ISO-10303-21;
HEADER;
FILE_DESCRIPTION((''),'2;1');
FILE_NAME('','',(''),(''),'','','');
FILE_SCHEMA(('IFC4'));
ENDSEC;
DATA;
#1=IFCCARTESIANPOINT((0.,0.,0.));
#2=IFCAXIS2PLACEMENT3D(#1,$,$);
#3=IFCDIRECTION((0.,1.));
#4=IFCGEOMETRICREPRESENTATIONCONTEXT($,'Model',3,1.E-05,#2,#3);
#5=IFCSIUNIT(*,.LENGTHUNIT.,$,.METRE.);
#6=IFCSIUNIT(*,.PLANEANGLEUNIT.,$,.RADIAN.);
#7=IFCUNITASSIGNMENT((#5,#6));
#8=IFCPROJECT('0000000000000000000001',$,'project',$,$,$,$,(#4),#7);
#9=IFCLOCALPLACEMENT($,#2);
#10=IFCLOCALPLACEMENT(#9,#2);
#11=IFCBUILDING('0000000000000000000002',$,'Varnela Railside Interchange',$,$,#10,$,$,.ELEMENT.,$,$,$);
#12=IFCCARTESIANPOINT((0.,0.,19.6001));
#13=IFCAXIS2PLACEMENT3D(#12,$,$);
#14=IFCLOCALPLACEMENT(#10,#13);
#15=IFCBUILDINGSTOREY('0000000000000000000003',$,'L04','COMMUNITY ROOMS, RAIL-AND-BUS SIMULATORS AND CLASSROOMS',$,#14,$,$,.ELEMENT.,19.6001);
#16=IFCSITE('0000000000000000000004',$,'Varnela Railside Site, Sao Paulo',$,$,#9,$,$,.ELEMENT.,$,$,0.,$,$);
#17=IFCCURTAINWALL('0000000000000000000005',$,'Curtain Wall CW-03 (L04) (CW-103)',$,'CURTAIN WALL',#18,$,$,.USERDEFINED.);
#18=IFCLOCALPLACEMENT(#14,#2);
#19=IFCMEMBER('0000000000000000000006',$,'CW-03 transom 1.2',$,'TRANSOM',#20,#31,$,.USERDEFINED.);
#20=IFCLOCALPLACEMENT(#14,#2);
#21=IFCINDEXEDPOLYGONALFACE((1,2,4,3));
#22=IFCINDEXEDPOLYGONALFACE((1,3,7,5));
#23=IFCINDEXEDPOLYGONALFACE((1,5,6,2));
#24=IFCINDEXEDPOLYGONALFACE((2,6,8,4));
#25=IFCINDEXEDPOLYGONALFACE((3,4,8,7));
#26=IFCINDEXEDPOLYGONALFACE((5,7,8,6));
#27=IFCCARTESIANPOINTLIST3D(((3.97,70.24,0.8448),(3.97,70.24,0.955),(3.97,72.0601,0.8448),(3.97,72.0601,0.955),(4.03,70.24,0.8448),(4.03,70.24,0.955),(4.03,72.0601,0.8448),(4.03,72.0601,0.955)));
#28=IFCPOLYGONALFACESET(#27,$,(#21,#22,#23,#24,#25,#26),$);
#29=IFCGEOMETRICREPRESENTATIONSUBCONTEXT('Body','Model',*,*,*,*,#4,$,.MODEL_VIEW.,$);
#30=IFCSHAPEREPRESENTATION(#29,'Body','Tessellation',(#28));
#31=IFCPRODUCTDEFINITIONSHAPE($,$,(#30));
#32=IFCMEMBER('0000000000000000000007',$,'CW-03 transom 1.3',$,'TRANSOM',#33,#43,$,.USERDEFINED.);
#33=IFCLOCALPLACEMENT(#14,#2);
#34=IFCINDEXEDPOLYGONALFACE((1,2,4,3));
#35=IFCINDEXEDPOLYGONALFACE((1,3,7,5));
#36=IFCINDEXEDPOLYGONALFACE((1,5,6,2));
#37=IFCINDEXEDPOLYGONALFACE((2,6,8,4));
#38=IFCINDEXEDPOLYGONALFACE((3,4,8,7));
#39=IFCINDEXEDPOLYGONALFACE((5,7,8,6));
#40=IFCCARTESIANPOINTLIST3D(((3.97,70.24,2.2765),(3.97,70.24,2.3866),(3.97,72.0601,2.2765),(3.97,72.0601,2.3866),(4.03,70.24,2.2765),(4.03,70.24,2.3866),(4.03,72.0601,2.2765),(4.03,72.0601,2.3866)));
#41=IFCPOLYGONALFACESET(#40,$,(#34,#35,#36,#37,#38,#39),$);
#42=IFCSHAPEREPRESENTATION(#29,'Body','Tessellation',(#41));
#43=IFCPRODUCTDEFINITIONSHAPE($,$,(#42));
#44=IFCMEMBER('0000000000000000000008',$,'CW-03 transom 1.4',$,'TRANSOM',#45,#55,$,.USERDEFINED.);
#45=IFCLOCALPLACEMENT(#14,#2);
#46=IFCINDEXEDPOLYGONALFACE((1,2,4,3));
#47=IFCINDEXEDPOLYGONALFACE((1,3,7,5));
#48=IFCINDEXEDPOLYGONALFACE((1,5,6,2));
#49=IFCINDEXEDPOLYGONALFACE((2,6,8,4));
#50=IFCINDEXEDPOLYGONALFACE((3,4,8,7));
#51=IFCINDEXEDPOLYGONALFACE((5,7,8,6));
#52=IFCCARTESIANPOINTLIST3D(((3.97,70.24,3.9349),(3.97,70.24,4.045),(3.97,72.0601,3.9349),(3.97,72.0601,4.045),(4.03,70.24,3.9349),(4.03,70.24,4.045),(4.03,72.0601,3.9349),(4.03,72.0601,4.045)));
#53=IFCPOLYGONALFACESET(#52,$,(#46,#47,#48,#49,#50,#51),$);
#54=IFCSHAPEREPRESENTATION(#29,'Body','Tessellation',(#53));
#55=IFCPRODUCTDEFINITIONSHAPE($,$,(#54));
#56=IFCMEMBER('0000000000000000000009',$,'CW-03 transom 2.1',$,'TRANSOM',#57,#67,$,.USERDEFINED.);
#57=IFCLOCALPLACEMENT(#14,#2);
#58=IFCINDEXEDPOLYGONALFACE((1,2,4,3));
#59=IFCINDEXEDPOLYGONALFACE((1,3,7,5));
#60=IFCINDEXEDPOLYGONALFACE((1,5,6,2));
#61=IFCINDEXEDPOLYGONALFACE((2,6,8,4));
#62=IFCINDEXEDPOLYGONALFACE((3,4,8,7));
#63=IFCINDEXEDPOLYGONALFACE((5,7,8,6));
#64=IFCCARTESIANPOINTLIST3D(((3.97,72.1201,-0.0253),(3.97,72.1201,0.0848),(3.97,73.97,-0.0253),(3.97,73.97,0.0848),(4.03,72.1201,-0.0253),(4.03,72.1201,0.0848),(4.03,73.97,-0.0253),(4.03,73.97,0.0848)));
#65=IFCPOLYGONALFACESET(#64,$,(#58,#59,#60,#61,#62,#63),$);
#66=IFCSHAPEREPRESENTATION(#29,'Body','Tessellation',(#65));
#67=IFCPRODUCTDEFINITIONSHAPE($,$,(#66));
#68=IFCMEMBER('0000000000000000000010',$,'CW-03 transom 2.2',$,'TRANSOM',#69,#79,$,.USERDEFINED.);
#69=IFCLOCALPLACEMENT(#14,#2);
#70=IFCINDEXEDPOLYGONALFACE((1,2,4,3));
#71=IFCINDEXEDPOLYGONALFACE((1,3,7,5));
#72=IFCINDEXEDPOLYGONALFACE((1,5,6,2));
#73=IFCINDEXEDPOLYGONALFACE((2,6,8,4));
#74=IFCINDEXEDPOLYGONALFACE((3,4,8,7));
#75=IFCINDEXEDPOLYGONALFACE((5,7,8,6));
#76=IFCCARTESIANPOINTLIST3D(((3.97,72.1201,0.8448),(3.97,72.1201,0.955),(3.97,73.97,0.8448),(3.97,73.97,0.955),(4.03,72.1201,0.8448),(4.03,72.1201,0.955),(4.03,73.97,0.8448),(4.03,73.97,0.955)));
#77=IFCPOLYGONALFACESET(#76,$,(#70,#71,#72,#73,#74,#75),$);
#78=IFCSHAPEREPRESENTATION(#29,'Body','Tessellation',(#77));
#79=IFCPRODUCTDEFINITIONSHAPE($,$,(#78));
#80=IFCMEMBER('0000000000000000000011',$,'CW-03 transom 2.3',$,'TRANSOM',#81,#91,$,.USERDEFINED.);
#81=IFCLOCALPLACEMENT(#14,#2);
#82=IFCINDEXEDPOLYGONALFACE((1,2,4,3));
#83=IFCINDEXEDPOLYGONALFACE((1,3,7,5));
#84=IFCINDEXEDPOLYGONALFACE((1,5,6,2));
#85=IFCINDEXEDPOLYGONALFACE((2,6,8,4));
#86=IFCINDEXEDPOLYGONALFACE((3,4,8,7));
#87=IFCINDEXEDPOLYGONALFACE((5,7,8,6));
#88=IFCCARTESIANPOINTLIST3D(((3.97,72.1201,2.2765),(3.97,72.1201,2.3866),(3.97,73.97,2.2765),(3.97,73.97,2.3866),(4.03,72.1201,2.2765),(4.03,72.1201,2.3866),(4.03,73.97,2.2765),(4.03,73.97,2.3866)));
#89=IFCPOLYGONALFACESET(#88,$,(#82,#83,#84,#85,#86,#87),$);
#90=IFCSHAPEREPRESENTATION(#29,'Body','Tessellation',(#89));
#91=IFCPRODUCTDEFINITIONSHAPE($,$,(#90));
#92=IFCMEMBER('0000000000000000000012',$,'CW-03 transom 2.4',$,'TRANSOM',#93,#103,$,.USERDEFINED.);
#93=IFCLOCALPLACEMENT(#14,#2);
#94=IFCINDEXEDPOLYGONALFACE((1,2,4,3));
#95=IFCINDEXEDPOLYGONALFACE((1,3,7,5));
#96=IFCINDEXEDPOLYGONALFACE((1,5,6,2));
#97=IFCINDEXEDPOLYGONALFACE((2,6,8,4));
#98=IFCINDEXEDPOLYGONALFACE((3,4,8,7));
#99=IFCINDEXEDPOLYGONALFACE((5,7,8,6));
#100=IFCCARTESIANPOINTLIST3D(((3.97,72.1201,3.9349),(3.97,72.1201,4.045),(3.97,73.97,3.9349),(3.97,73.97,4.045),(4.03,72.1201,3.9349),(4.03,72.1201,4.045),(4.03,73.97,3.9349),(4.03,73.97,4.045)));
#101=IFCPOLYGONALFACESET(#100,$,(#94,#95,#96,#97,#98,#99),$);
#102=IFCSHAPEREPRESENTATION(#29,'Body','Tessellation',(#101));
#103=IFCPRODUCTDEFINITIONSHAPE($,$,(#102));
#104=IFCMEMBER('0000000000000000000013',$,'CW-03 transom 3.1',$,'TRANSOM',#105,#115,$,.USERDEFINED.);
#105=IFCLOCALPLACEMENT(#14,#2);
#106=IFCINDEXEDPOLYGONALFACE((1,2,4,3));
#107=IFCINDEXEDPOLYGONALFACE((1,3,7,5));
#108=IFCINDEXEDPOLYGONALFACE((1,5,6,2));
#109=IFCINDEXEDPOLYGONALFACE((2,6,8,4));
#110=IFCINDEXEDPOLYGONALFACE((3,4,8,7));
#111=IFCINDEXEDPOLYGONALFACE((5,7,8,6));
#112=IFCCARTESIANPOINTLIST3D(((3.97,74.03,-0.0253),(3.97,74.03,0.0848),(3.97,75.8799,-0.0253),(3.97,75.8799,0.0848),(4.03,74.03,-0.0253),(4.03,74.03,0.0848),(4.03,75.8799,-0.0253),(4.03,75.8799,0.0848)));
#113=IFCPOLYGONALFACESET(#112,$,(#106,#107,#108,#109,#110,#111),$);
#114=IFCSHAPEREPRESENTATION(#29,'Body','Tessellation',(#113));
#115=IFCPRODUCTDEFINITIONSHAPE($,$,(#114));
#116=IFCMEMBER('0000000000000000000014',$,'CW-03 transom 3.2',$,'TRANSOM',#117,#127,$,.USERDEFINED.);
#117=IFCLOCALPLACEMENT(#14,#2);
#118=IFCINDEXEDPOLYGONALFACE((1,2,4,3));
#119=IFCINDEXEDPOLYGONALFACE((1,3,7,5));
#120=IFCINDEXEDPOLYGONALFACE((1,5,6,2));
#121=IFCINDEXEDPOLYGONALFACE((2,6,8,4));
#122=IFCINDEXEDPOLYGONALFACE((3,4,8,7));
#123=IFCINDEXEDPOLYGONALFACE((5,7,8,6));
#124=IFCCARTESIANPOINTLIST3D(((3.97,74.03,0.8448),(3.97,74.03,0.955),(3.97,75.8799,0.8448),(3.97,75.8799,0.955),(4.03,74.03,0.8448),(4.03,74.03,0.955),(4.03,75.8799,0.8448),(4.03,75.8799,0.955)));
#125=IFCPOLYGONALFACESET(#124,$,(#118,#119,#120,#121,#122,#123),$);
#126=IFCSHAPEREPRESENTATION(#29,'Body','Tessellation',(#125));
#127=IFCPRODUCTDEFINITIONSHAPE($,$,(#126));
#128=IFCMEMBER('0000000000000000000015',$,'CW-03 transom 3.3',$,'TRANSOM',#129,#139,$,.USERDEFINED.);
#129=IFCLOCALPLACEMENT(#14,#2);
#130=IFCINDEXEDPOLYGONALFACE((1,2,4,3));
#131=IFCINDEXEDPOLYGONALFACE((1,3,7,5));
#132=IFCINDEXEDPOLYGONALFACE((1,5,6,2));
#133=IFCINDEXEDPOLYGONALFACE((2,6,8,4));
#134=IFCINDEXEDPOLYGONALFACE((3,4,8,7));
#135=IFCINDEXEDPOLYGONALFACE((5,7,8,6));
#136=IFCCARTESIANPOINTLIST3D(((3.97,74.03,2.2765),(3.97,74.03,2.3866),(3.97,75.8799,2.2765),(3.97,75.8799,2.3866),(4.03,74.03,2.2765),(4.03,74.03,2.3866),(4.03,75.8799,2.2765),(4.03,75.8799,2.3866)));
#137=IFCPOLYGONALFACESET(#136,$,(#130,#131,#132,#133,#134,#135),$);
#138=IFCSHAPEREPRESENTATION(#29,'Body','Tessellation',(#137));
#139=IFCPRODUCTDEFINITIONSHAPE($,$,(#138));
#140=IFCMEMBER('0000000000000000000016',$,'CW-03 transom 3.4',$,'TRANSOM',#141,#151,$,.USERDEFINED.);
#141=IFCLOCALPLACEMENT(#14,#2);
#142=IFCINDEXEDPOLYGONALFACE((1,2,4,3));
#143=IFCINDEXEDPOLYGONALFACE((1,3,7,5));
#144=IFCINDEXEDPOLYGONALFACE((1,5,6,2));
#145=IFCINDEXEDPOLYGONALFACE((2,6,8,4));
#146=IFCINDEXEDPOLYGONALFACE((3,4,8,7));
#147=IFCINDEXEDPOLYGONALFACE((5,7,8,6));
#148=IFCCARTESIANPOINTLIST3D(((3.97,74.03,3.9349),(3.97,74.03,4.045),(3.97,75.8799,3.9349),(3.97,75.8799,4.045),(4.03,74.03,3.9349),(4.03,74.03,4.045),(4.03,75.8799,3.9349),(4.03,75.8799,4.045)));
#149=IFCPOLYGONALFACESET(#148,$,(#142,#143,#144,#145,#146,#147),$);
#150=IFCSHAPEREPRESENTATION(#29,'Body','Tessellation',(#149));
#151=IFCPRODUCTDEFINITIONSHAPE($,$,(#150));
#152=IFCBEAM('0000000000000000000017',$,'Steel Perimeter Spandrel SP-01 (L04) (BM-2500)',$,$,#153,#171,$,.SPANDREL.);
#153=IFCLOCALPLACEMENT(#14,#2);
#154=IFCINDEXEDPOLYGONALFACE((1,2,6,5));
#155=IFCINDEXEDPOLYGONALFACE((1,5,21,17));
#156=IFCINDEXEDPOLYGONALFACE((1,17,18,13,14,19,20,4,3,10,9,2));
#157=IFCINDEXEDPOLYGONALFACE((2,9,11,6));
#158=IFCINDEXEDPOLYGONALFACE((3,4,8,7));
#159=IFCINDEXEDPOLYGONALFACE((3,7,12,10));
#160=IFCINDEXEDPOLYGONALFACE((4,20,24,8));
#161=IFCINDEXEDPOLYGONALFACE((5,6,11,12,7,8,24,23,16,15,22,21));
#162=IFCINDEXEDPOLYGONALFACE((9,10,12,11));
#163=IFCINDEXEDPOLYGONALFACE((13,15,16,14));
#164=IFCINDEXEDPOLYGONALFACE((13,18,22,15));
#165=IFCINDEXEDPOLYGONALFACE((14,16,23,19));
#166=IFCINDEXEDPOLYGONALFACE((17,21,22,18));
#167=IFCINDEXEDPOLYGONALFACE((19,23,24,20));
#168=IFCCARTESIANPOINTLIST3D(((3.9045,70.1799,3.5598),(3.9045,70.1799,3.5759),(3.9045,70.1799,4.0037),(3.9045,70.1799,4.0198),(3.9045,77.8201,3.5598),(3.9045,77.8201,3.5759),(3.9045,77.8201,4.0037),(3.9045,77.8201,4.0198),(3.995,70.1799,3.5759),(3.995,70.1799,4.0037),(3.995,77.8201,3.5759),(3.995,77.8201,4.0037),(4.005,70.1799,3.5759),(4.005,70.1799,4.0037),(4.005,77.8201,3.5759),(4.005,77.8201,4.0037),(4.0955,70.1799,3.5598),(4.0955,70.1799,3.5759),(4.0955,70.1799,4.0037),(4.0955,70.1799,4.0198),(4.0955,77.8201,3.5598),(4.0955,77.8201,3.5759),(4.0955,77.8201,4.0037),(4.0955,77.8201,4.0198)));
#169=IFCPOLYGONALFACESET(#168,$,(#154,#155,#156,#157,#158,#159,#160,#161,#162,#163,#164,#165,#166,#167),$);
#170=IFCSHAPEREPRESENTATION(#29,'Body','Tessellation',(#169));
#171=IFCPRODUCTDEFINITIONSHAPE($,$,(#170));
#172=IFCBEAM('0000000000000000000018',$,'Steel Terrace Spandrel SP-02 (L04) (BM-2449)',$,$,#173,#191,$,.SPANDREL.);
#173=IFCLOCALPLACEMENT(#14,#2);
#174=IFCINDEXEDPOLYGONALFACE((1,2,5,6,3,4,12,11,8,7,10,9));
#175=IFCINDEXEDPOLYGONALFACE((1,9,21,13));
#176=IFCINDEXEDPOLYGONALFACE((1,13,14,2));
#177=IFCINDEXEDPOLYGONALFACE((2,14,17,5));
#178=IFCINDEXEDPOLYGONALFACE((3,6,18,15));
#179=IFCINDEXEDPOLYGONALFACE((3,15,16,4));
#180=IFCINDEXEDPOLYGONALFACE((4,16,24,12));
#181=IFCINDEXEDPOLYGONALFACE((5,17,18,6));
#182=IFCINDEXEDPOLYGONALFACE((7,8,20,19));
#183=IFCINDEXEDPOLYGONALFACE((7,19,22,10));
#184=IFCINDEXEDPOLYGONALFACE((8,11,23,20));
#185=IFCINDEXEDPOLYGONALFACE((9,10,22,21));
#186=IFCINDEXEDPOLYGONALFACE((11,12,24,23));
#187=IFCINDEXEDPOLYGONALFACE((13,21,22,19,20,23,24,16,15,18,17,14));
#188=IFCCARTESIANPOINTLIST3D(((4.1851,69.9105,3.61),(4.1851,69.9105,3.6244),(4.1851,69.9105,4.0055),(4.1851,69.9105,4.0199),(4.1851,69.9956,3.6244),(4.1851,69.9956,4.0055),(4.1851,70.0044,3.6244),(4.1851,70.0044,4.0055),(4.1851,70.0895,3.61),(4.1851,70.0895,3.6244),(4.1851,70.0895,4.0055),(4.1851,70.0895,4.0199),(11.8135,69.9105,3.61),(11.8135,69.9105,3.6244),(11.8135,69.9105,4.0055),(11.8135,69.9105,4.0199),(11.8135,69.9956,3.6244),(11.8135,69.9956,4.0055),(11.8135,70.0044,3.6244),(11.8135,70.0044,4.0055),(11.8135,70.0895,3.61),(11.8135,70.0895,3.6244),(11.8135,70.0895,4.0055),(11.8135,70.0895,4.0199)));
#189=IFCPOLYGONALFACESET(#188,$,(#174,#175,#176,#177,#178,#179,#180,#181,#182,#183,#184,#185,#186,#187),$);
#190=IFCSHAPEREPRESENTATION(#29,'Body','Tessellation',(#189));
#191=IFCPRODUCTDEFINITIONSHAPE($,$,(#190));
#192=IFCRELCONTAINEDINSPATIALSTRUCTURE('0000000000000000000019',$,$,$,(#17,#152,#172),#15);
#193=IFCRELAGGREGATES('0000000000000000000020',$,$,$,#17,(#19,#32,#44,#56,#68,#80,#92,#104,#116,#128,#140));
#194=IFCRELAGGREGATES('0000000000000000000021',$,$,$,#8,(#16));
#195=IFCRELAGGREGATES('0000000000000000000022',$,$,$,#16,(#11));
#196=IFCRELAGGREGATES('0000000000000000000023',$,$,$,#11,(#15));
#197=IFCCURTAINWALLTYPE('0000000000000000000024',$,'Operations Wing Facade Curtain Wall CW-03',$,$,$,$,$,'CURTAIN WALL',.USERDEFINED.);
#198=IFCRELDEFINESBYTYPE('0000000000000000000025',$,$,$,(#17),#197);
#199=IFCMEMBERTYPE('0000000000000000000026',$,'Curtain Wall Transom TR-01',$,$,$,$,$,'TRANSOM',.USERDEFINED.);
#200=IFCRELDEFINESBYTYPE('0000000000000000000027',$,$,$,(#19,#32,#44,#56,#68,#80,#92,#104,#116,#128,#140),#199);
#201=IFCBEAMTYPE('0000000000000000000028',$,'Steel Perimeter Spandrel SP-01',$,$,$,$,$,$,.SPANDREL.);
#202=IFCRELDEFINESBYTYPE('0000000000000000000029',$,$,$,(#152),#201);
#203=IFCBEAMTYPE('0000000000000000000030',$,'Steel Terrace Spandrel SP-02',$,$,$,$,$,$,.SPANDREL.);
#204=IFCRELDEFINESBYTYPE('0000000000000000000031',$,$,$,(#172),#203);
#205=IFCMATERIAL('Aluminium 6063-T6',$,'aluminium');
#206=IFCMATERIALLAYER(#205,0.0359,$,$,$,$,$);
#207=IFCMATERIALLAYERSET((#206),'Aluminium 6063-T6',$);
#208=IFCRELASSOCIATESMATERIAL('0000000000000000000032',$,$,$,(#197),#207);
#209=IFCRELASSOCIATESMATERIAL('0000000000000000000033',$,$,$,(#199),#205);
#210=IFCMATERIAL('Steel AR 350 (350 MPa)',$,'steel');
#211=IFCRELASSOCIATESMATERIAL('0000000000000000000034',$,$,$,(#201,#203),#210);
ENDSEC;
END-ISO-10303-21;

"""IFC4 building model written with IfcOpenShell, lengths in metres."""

from ifc_helpers import new_model, si_unit, direction, frame, origin, origin_2d, place, context, subcontext, project, spatial, rectangle, i_section, extrude, material, layer, layer_set, material_profile, profile_set, type_object, element, aggregate, save


model = new_model("IFC4")

# Units and contexts
model_context = context("Model", 3, precision=1e-05, world=origin(), true_north=direction((0.0, 1.0)))
body_context = subcontext(model_context, "Body", "Model", "MODEL_VIEW")
ifc_project = project(units=[si_unit("LENGTHUNIT", "METRE"), si_unit("PLANEANGLEUNIT", "RADIAN")], contexts=[model_context])

# Site, building, storey
site_placement = place(None, origin())
site = spatial("IfcSite", under=ifc_project, at=site_placement, Name="Varnela Railside Site, Sao Paulo", CompositionType="ELEMENT", RefElevation=0.0)
building_placement = place(site_placement, origin())
building = spatial("IfcBuilding", under=site, at=building_placement, Name="Varnela Railside Interchange", CompositionType="ELEMENT")
storey_placement = place(building_placement, frame((0.0, 0.0, 19.6001)))
storey = spatial("IfcBuildingStorey", under=building, at=storey_placement, Name="L04", Description="COMMUNITY ROOMS, RAIL-AND-BUS SIMULATORS AND CLASSROOMS", CompositionType="ELEMENT", Elevation=19.6001)

# Shared definitions
ifc_material_1 = material(Name="Steel AR 350 (350 MPa)", Category="steel")

# Curtain wall, members
ifc_material_2 = material(Name="Aluminium 6063-T6", Category="aluminium")
ifc_layer_1 = layer(ifc_material_2, 0.0359)
ifc_layer_set_1 = layer_set([ifc_layer_1], Name="Aluminium 6063-T6")
curtain_wall_type = type_object("IfcCurtainWallType", Name="Operations Wing Facade Curtain Wall CW-03", ElementType="CURTAIN WALL", PredefinedType="USERDEFINED", material=ifc_layer_set_1)
curtain_wall_placement = place(storey_placement, origin())
curtain_wall = element("IfcCurtainWall", 1, at=curtain_wall_placement, inside=storey, type_object=curtain_wall_type, Name="Curtain Wall CW-03 (L04) (CW-103)", ObjectType="CURTAIN WALL", PredefinedType="USERDEFINED")
ifc_material_profile_1 = material_profile(ifc_material_2, rectangle(XDim=0.0601, YDim=0.1101, at=origin_2d()), Name="ALU 60x110")
ifc_profile_set_1 = profile_set([ifc_material_profile_1], Name="Aluminium 6063-T6")
member_type_1 = type_object("IfcMemberType", Name="Curtain Wall Transom TR-01", ElementType="TRANSOM", PredefinedType="USERDEFINED", material=ifc_profile_set_1)
member_1_placement = place(storey_placement, frame((4.0, 70.24, 0.8999), z_axis=(0.0, 1.0, 0.0), x_axis=(-1.0, 0.0, 0.0)))
member_1 = element("IfcMember", 2, at=member_1_placement, type_object=member_type_1, Name="CW-03 transom 1.2", ObjectType="TRANSOM", PredefinedType="USERDEFINED", context=body_context, shape_type="SweptSolid", body=[
    extrude(rectangle(XDim=0.0601, YDim=0.1101, at=origin_2d()), origin(), (0.0, 0.0, 1.0), 1.8201),
])
member_2_placement = place(storey_placement, frame((4.0, 70.24, 2.3315), z_axis=(0.0, 1.0, 0.0), x_axis=(-1.0, 0.0, 0.0)))
member_2 = element("IfcMember", 3, at=member_2_placement, type_object=member_type_1, Name="CW-03 transom 1.3", ObjectType="TRANSOM", PredefinedType="USERDEFINED", context=body_context, shape_type="SweptSolid", body=[
    extrude(rectangle(XDim=0.0601, YDim=0.1101, at=origin_2d()), origin(), (0.0, 0.0, 1.0), 1.8201),
])
member_3_placement = place(storey_placement, frame((4.0, 70.24, 3.99), z_axis=(0.0, 1.0, 0.0), x_axis=(-1.0, 0.0, 0.0)))
member_3 = element("IfcMember", 4, at=member_3_placement, type_object=member_type_1, Name="CW-03 transom 1.4", ObjectType="TRANSOM", PredefinedType="USERDEFINED", context=body_context, shape_type="SweptSolid", body=[
    extrude(rectangle(XDim=0.0601, YDim=0.1101, at=origin_2d()), origin(), (0.0, 0.0, 1.0), 1.8201),
])
member_4_placement = place(storey_placement, frame((4.0, 72.1201, 0.0298), z_axis=(0.0, 1.0, 0.0), x_axis=(-1.0, 0.0, 0.0)))
member_4 = element("IfcMember", 5, at=member_4_placement, type_object=member_type_1, Name="CW-03 transom 2.1", ObjectType="TRANSOM", PredefinedType="USERDEFINED", context=body_context, shape_type="SweptSolid", body=[
    extrude(rectangle(XDim=0.0601, YDim=0.1101, at=origin_2d()), origin(), (0.0, 0.0, 1.0), 1.8499),
])
member_5_placement = place(storey_placement, frame((4.0, 72.1201, 0.8999), z_axis=(0.0, 1.0, 0.0), x_axis=(-1.0, 0.0, 0.0)))
member_5 = element("IfcMember", 6, at=member_5_placement, type_object=member_type_1, Name="CW-03 transom 2.2", ObjectType="TRANSOM", PredefinedType="USERDEFINED", context=body_context, shape_type="SweptSolid", body=[
    extrude(rectangle(XDim=0.0601, YDim=0.1101, at=origin_2d()), origin(), (0.0, 0.0, 1.0), 1.8499),
])
member_6_placement = place(storey_placement, frame((4.0, 72.1201, 2.3315), z_axis=(0.0, 1.0, 0.0), x_axis=(-1.0, 0.0, 0.0)))
member_6 = element("IfcMember", 7, at=member_6_placement, type_object=member_type_1, Name="CW-03 transom 2.3", ObjectType="TRANSOM", PredefinedType="USERDEFINED", context=body_context, shape_type="SweptSolid", body=[
    extrude(rectangle(XDim=0.0601, YDim=0.1101, at=origin_2d()), origin(), (0.0, 0.0, 1.0), 1.8499),
])
member_7_placement = place(storey_placement, frame((4.0, 72.1201, 3.99), z_axis=(0.0, 1.0, 0.0), x_axis=(-1.0, 0.0, 0.0)))
member_7 = element("IfcMember", 8, at=member_7_placement, type_object=member_type_1, Name="CW-03 transom 2.4", ObjectType="TRANSOM", PredefinedType="USERDEFINED", context=body_context, shape_type="SweptSolid", body=[
    extrude(rectangle(XDim=0.0601, YDim=0.1101, at=origin_2d()), origin(), (0.0, 0.0, 1.0), 1.8499),
])
member_8_placement = place(storey_placement, frame((4.0, 74.03, 0.0298), z_axis=(0.0, 1.0, 0.0), x_axis=(-1.0, 0.0, 0.0)))
member_8 = element("IfcMember", 9, at=member_8_placement, type_object=member_type_1, Name="CW-03 transom 3.1", ObjectType="TRANSOM", PredefinedType="USERDEFINED", context=body_context, shape_type="SweptSolid", body=[
    extrude(rectangle(XDim=0.0601, YDim=0.1101, at=origin_2d()), origin(), (0.0, 0.0, 1.0), 1.8499),
])
member_9_placement = place(storey_placement, frame((4.0, 74.03, 0.8999), z_axis=(0.0, 1.0, 0.0), x_axis=(-1.0, 0.0, 0.0)))
member_9 = element("IfcMember", 10, at=member_9_placement, type_object=member_type_1, Name="CW-03 transom 3.2", ObjectType="TRANSOM", PredefinedType="USERDEFINED", context=body_context, shape_type="SweptSolid", body=[
    extrude(rectangle(XDim=0.0601, YDim=0.1101, at=origin_2d()), origin(), (0.0, 0.0, 1.0), 1.8499),
])
member_10_placement = place(storey_placement, frame((4.0, 74.03, 2.3315), z_axis=(0.0, 1.0, 0.0), x_axis=(-1.0, 0.0, 0.0)))
member_10 = element("IfcMember", 11, at=member_10_placement, type_object=member_type_1, Name="CW-03 transom 3.3", ObjectType="TRANSOM", PredefinedType="USERDEFINED", context=body_context, shape_type="SweptSolid", body=[
    extrude(rectangle(XDim=0.0601, YDim=0.1101, at=origin_2d()), origin(), (0.0, 0.0, 1.0), 1.8499),
])
member_11_placement = place(storey_placement, frame((4.0, 74.03, 3.99), z_axis=(0.0, 1.0, 0.0), x_axis=(-1.0, 0.0, 0.0)))
member_11 = element("IfcMember", 12, at=member_11_placement, type_object=member_type_1, Name="CW-03 transom 3.4", ObjectType="TRANSOM", PredefinedType="USERDEFINED", context=body_context, shape_type="SweptSolid", body=[
    extrude(rectangle(XDim=0.0601, YDim=0.1101, at=origin_2d()), origin(), (0.0, 0.0, 1.0), 1.8499),
])

# Beams
ifc_material_profile_2 = material_profile(ifc_material_1, i_section(OverallWidth=0.1909, OverallDepth=0.46, WebThickness=0.01, FlangeThickness=0.0161, at=origin_2d()), Name="W460x82")
ifc_profile_set_2 = profile_set([ifc_material_profile_2], Name="Steel AR 350 (350 MPa)")
beam_type_1 = type_object("IfcBeamType", Name="Steel Perimeter Spandrel SP-01", PredefinedType="SPANDREL", material=ifc_profile_set_2)
beam_1_placement = place(storey_placement, frame((4.0, 70.1799, 3.7898), z_axis=(0.0, 1.0, 0.0), x_axis=(-1.0, 0.0, 0.0)))
element("IfcBeam", 13, at=beam_1_placement, inside=storey, type_object=beam_type_1, Name="Steel Perimeter Spandrel SP-01 (L04) (BM-2500)", PredefinedType="SPANDREL", context=body_context, shape_type="SweptSolid", body=[
    extrude(i_section(OverallWidth=0.1909, OverallDepth=0.46, WebThickness=0.01, FlangeThickness=0.0161, at=origin_2d()), origin(), (0.0, 0.0, 1.0), 7.6401),
])
ifc_material_profile_3 = material_profile(ifc_material_1, i_section(OverallWidth=0.179, OverallDepth=0.4099, WebThickness=0.0088, FlangeThickness=0.0144, at=origin_2d()), Name="W410x67")
ifc_profile_set_3 = profile_set([ifc_material_profile_3], Name="Steel AR 350 (350 MPa)")
beam_type_2 = type_object("IfcBeamType", Name="Steel Terrace Spandrel SP-02", PredefinedType="SPANDREL", material=ifc_profile_set_3)
beam_2_placement = place(storey_placement, frame((4.1851, 70.0, 3.8149), z_axis=(1.0, 0.0, 0.0), x_axis=(0.0, 1.0, 0.0)))
element("IfcBeam", 14, at=beam_2_placement, inside=storey, type_object=beam_type_2, Name="Steel Terrace Spandrel SP-02 (L04) (BM-2449)", PredefinedType="SPANDREL", context=body_context, shape_type="SweptSolid", body=[
    extrude(i_section(OverallWidth=0.179, OverallDepth=0.4099, WebThickness=0.0088, FlangeThickness=0.0144, at=origin_2d()), origin(), (0.0, 0.0, 1.0), 7.6284),
])

aggregate(curtain_wall, [member_1, member_2, member_3, member_4, member_5, member_6, member_7, member_8, member_9, member_10, member_11])

save(model, "model.ifc")
